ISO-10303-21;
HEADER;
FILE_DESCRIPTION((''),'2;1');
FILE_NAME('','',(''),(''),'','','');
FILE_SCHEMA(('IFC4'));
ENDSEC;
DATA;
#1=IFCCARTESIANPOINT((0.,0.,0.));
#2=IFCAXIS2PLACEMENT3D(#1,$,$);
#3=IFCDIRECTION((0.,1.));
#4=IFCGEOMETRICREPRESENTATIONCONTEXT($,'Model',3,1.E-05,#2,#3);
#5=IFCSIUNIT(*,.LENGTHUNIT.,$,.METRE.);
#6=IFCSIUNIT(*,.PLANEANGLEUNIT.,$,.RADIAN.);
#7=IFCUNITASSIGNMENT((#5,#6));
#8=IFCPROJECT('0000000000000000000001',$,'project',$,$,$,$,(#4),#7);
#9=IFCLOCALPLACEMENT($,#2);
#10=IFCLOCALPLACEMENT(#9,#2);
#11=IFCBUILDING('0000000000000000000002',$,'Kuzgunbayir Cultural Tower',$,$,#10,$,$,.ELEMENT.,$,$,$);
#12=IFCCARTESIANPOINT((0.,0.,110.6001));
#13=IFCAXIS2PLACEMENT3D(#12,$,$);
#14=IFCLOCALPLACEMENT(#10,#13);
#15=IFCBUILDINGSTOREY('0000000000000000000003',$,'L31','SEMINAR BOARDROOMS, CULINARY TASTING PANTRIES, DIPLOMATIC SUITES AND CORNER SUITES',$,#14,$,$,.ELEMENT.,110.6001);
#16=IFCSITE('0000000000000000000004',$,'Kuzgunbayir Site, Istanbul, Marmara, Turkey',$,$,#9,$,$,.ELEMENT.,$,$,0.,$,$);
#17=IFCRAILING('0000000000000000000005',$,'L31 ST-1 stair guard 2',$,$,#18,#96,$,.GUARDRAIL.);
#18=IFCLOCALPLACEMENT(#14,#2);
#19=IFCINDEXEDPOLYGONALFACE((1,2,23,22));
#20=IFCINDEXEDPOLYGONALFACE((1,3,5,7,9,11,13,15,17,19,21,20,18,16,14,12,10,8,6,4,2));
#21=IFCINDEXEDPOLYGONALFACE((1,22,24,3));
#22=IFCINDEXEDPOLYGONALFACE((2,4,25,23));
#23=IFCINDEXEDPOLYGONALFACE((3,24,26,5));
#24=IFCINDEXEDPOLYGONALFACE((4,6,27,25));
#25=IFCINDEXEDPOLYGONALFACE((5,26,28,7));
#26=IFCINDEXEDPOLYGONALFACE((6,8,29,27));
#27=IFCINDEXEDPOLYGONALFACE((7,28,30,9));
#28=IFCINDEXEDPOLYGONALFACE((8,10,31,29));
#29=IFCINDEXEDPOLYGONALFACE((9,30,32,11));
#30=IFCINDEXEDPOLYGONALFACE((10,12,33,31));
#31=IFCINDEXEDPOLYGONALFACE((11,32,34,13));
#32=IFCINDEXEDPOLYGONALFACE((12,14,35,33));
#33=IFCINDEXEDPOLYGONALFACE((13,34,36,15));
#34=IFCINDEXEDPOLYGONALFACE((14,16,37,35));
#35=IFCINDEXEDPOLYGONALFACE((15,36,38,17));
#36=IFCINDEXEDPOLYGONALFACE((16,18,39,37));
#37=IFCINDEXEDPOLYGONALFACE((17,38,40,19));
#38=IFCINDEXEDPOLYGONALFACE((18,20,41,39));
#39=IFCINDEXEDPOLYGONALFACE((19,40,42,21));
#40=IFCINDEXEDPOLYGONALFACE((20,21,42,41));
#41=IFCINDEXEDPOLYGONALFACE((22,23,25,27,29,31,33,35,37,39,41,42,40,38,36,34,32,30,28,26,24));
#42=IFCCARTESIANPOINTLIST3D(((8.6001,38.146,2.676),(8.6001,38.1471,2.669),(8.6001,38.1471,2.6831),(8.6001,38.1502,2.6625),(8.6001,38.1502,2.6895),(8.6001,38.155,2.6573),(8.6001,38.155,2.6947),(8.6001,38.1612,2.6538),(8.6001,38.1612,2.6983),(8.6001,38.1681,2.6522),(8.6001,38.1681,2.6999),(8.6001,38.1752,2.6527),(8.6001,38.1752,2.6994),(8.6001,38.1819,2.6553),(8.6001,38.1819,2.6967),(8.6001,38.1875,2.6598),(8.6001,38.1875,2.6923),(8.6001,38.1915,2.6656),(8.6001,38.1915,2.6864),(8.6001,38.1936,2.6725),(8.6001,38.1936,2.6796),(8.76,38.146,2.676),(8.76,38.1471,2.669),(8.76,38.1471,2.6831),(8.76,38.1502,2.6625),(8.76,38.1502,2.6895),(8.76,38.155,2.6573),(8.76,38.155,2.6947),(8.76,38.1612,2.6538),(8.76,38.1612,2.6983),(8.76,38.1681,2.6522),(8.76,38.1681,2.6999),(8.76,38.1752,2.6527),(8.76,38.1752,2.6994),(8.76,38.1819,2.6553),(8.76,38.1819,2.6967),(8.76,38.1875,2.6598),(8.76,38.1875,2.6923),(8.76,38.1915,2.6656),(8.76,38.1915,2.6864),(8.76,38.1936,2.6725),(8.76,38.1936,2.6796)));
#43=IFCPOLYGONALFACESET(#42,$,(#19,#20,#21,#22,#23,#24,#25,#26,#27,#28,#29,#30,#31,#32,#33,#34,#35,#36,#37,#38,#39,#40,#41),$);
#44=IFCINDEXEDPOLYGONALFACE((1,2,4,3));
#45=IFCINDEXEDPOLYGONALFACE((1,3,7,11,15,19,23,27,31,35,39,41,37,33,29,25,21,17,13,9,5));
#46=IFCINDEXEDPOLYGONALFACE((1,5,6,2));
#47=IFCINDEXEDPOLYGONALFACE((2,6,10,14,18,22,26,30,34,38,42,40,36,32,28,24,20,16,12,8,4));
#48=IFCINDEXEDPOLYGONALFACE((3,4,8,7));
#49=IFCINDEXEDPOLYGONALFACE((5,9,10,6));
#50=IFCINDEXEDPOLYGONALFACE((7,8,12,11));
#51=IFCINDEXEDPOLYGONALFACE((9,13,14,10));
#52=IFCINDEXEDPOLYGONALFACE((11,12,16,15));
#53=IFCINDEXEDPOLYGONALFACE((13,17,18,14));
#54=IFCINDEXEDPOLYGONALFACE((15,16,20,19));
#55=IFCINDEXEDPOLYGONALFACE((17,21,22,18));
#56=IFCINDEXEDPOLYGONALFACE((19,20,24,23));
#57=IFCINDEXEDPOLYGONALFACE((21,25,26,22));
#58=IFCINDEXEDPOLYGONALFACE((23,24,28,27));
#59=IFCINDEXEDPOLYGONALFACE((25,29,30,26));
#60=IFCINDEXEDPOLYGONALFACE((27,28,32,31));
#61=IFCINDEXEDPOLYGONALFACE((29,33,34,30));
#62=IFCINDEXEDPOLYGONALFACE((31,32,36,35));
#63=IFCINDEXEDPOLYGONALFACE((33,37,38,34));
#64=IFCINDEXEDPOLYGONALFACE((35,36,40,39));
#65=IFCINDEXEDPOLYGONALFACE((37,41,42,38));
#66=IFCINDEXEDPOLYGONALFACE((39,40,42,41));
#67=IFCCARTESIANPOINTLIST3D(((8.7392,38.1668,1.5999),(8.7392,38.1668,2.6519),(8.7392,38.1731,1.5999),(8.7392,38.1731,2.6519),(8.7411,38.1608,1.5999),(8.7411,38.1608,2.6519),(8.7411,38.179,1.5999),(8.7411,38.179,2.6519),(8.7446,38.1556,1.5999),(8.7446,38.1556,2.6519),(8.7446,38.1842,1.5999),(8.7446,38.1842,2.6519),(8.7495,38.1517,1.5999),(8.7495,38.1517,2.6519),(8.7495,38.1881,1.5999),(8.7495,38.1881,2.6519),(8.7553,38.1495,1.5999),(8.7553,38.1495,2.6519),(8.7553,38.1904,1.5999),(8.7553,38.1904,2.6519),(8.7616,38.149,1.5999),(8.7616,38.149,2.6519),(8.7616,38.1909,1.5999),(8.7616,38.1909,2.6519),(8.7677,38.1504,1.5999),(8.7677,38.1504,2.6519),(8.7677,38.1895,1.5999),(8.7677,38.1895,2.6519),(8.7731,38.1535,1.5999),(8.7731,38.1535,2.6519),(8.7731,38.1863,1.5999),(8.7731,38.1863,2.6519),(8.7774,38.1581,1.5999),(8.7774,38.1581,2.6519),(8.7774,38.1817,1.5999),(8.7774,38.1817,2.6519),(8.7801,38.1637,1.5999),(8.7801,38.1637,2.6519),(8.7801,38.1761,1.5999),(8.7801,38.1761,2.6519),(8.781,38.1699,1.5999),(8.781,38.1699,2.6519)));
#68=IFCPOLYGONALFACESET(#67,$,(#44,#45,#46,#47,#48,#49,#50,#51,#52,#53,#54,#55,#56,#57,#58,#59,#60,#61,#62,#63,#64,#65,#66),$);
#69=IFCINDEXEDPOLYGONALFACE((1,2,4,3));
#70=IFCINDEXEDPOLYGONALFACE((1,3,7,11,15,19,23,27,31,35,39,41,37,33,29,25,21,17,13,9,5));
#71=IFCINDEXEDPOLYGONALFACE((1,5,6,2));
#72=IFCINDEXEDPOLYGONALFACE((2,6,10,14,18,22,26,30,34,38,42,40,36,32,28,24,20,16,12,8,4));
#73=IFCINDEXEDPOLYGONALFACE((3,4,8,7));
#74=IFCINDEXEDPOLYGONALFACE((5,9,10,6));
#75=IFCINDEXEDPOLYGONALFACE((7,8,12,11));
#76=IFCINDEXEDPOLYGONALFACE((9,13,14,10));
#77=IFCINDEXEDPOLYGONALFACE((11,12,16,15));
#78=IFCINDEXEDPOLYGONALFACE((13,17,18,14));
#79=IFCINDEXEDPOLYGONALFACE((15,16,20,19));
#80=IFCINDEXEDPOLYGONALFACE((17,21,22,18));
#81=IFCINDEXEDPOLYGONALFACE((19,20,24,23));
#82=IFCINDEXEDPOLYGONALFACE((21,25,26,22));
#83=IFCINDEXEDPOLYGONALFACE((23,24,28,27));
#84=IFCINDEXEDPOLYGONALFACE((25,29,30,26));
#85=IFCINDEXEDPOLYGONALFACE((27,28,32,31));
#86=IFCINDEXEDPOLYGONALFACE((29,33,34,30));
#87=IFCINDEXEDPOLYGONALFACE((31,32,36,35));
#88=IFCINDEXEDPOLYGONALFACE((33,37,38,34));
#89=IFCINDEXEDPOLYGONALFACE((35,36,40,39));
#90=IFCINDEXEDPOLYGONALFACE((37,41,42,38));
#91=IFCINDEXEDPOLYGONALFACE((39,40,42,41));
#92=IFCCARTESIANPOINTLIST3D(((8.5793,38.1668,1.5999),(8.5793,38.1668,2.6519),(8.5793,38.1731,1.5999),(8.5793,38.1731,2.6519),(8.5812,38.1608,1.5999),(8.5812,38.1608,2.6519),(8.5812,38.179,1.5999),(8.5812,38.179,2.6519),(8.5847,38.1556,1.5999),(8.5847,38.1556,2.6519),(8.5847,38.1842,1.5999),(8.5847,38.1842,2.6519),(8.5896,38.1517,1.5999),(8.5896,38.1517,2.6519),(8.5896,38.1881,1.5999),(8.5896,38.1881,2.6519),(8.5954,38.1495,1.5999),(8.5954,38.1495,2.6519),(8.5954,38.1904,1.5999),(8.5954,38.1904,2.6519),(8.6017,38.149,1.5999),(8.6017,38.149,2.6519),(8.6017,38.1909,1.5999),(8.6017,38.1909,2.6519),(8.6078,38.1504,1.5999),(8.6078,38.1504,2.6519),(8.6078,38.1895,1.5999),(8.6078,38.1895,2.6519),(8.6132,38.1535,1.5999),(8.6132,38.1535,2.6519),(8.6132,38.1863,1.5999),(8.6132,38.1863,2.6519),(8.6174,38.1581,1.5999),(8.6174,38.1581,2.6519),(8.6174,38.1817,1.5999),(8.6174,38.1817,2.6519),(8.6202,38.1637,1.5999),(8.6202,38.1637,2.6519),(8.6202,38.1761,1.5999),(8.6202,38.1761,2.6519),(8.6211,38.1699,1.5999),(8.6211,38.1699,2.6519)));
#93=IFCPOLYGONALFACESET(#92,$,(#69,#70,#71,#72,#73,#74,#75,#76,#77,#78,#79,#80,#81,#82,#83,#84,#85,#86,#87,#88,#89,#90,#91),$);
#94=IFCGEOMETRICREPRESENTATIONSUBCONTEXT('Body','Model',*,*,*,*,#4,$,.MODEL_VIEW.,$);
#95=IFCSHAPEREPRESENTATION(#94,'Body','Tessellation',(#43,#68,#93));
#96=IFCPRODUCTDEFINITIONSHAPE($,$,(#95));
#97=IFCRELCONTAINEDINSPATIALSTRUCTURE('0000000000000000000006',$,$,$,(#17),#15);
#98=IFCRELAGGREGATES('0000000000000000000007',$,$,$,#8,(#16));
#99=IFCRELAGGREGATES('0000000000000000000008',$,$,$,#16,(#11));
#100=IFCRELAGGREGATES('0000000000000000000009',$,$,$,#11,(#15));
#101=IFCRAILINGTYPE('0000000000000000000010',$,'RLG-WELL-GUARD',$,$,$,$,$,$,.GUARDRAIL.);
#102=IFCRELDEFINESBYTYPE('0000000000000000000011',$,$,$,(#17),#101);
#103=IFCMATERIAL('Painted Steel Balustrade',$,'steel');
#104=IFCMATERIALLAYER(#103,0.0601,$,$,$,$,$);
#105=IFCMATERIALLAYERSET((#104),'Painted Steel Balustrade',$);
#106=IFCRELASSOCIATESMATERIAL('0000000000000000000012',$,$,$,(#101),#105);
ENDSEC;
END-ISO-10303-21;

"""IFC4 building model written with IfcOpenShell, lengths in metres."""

from ifc_helpers import new_model, si_unit, direction, frame, origin, origin_2d, place, context, subcontext, project, spatial, circle, extrude, material, layer, layer_set, type_object, element, save


model = new_model("IFC4")

# Units and contexts
model_context = context("Model", 3, precision=1e-05, world=origin(), true_north=direction((0.0, 1.0)))
body_context = subcontext(model_context, "Body", "Model", "MODEL_VIEW")
ifc_project = project(units=[si_unit("LENGTHUNIT", "METRE"), si_unit("PLANEANGLEUNIT", "RADIAN")], contexts=[model_context])

# Site, building, storey
site_placement = place(None, origin())
site = spatial("IfcSite", under=ifc_project, at=site_placement, Name="Kuzgunbayir Site, Istanbul, Marmara, Turkey", CompositionType="ELEMENT", RefElevation=0.0)
building_placement = place(site_placement, origin())
building = spatial("IfcBuilding", under=site, at=building_placement, Name="Kuzgunbayir Cultural Tower", CompositionType="ELEMENT")
storey_placement = place(building_placement, frame((0.0, 0.0, 110.6001)))
storey = spatial("IfcBuildingStorey", under=building, at=storey_placement, Name="L31", Description="SEMINAR BOARDROOMS, CULINARY TASTING PANTRIES, DIPLOMATIC SUITES AND CORNER SUITES", CompositionType="ELEMENT", Elevation=110.6001)

# Railing
ifc_material_1 = material(Name="Painted Steel Balustrade", Category="steel")
ifc_layer_1 = layer(ifc_material_1, 0.0601)
ifc_layer_set_1 = layer_set([ifc_layer_1], Name="Painted Steel Balustrade")
railing_type_1 = type_object("IfcRailingType", Name="RLG-WELL-GUARD", PredefinedType="GUARDRAIL", material=ifc_layer_set_1)
railing_1_placement = place(storey_placement, frame((8.76, 38.1699, 1.5999)))
element("IfcRailing", 1, at=railing_1_placement, inside=storey, type_object=railing_type_1, Name="L31 ST-1 stair guard 2", PredefinedType="GUARDRAIL", context=body_context, shape_type="SweptSolid", body=[
    extrude(circle(Radius=0.0239, at=origin_2d()), frame((0.0, 0.0, 1.0762), z_axis=(-1.0, 0.0, 0.0), x_axis=(0.0, -1.0, 0.0)), (0.0, 0.0, 1.0), 0.1599),
    extrude(circle(Radius=0.021, at=origin_2d()), origin(), (0.0, 0.0, 1.0), 1.052),
    extrude(circle(Radius=0.021, at=origin_2d()), frame((-0.1599, 0.0, 0.0)), (0.0, 0.0, 1.0), 1.052),
])

save(model, "model.ifc")
